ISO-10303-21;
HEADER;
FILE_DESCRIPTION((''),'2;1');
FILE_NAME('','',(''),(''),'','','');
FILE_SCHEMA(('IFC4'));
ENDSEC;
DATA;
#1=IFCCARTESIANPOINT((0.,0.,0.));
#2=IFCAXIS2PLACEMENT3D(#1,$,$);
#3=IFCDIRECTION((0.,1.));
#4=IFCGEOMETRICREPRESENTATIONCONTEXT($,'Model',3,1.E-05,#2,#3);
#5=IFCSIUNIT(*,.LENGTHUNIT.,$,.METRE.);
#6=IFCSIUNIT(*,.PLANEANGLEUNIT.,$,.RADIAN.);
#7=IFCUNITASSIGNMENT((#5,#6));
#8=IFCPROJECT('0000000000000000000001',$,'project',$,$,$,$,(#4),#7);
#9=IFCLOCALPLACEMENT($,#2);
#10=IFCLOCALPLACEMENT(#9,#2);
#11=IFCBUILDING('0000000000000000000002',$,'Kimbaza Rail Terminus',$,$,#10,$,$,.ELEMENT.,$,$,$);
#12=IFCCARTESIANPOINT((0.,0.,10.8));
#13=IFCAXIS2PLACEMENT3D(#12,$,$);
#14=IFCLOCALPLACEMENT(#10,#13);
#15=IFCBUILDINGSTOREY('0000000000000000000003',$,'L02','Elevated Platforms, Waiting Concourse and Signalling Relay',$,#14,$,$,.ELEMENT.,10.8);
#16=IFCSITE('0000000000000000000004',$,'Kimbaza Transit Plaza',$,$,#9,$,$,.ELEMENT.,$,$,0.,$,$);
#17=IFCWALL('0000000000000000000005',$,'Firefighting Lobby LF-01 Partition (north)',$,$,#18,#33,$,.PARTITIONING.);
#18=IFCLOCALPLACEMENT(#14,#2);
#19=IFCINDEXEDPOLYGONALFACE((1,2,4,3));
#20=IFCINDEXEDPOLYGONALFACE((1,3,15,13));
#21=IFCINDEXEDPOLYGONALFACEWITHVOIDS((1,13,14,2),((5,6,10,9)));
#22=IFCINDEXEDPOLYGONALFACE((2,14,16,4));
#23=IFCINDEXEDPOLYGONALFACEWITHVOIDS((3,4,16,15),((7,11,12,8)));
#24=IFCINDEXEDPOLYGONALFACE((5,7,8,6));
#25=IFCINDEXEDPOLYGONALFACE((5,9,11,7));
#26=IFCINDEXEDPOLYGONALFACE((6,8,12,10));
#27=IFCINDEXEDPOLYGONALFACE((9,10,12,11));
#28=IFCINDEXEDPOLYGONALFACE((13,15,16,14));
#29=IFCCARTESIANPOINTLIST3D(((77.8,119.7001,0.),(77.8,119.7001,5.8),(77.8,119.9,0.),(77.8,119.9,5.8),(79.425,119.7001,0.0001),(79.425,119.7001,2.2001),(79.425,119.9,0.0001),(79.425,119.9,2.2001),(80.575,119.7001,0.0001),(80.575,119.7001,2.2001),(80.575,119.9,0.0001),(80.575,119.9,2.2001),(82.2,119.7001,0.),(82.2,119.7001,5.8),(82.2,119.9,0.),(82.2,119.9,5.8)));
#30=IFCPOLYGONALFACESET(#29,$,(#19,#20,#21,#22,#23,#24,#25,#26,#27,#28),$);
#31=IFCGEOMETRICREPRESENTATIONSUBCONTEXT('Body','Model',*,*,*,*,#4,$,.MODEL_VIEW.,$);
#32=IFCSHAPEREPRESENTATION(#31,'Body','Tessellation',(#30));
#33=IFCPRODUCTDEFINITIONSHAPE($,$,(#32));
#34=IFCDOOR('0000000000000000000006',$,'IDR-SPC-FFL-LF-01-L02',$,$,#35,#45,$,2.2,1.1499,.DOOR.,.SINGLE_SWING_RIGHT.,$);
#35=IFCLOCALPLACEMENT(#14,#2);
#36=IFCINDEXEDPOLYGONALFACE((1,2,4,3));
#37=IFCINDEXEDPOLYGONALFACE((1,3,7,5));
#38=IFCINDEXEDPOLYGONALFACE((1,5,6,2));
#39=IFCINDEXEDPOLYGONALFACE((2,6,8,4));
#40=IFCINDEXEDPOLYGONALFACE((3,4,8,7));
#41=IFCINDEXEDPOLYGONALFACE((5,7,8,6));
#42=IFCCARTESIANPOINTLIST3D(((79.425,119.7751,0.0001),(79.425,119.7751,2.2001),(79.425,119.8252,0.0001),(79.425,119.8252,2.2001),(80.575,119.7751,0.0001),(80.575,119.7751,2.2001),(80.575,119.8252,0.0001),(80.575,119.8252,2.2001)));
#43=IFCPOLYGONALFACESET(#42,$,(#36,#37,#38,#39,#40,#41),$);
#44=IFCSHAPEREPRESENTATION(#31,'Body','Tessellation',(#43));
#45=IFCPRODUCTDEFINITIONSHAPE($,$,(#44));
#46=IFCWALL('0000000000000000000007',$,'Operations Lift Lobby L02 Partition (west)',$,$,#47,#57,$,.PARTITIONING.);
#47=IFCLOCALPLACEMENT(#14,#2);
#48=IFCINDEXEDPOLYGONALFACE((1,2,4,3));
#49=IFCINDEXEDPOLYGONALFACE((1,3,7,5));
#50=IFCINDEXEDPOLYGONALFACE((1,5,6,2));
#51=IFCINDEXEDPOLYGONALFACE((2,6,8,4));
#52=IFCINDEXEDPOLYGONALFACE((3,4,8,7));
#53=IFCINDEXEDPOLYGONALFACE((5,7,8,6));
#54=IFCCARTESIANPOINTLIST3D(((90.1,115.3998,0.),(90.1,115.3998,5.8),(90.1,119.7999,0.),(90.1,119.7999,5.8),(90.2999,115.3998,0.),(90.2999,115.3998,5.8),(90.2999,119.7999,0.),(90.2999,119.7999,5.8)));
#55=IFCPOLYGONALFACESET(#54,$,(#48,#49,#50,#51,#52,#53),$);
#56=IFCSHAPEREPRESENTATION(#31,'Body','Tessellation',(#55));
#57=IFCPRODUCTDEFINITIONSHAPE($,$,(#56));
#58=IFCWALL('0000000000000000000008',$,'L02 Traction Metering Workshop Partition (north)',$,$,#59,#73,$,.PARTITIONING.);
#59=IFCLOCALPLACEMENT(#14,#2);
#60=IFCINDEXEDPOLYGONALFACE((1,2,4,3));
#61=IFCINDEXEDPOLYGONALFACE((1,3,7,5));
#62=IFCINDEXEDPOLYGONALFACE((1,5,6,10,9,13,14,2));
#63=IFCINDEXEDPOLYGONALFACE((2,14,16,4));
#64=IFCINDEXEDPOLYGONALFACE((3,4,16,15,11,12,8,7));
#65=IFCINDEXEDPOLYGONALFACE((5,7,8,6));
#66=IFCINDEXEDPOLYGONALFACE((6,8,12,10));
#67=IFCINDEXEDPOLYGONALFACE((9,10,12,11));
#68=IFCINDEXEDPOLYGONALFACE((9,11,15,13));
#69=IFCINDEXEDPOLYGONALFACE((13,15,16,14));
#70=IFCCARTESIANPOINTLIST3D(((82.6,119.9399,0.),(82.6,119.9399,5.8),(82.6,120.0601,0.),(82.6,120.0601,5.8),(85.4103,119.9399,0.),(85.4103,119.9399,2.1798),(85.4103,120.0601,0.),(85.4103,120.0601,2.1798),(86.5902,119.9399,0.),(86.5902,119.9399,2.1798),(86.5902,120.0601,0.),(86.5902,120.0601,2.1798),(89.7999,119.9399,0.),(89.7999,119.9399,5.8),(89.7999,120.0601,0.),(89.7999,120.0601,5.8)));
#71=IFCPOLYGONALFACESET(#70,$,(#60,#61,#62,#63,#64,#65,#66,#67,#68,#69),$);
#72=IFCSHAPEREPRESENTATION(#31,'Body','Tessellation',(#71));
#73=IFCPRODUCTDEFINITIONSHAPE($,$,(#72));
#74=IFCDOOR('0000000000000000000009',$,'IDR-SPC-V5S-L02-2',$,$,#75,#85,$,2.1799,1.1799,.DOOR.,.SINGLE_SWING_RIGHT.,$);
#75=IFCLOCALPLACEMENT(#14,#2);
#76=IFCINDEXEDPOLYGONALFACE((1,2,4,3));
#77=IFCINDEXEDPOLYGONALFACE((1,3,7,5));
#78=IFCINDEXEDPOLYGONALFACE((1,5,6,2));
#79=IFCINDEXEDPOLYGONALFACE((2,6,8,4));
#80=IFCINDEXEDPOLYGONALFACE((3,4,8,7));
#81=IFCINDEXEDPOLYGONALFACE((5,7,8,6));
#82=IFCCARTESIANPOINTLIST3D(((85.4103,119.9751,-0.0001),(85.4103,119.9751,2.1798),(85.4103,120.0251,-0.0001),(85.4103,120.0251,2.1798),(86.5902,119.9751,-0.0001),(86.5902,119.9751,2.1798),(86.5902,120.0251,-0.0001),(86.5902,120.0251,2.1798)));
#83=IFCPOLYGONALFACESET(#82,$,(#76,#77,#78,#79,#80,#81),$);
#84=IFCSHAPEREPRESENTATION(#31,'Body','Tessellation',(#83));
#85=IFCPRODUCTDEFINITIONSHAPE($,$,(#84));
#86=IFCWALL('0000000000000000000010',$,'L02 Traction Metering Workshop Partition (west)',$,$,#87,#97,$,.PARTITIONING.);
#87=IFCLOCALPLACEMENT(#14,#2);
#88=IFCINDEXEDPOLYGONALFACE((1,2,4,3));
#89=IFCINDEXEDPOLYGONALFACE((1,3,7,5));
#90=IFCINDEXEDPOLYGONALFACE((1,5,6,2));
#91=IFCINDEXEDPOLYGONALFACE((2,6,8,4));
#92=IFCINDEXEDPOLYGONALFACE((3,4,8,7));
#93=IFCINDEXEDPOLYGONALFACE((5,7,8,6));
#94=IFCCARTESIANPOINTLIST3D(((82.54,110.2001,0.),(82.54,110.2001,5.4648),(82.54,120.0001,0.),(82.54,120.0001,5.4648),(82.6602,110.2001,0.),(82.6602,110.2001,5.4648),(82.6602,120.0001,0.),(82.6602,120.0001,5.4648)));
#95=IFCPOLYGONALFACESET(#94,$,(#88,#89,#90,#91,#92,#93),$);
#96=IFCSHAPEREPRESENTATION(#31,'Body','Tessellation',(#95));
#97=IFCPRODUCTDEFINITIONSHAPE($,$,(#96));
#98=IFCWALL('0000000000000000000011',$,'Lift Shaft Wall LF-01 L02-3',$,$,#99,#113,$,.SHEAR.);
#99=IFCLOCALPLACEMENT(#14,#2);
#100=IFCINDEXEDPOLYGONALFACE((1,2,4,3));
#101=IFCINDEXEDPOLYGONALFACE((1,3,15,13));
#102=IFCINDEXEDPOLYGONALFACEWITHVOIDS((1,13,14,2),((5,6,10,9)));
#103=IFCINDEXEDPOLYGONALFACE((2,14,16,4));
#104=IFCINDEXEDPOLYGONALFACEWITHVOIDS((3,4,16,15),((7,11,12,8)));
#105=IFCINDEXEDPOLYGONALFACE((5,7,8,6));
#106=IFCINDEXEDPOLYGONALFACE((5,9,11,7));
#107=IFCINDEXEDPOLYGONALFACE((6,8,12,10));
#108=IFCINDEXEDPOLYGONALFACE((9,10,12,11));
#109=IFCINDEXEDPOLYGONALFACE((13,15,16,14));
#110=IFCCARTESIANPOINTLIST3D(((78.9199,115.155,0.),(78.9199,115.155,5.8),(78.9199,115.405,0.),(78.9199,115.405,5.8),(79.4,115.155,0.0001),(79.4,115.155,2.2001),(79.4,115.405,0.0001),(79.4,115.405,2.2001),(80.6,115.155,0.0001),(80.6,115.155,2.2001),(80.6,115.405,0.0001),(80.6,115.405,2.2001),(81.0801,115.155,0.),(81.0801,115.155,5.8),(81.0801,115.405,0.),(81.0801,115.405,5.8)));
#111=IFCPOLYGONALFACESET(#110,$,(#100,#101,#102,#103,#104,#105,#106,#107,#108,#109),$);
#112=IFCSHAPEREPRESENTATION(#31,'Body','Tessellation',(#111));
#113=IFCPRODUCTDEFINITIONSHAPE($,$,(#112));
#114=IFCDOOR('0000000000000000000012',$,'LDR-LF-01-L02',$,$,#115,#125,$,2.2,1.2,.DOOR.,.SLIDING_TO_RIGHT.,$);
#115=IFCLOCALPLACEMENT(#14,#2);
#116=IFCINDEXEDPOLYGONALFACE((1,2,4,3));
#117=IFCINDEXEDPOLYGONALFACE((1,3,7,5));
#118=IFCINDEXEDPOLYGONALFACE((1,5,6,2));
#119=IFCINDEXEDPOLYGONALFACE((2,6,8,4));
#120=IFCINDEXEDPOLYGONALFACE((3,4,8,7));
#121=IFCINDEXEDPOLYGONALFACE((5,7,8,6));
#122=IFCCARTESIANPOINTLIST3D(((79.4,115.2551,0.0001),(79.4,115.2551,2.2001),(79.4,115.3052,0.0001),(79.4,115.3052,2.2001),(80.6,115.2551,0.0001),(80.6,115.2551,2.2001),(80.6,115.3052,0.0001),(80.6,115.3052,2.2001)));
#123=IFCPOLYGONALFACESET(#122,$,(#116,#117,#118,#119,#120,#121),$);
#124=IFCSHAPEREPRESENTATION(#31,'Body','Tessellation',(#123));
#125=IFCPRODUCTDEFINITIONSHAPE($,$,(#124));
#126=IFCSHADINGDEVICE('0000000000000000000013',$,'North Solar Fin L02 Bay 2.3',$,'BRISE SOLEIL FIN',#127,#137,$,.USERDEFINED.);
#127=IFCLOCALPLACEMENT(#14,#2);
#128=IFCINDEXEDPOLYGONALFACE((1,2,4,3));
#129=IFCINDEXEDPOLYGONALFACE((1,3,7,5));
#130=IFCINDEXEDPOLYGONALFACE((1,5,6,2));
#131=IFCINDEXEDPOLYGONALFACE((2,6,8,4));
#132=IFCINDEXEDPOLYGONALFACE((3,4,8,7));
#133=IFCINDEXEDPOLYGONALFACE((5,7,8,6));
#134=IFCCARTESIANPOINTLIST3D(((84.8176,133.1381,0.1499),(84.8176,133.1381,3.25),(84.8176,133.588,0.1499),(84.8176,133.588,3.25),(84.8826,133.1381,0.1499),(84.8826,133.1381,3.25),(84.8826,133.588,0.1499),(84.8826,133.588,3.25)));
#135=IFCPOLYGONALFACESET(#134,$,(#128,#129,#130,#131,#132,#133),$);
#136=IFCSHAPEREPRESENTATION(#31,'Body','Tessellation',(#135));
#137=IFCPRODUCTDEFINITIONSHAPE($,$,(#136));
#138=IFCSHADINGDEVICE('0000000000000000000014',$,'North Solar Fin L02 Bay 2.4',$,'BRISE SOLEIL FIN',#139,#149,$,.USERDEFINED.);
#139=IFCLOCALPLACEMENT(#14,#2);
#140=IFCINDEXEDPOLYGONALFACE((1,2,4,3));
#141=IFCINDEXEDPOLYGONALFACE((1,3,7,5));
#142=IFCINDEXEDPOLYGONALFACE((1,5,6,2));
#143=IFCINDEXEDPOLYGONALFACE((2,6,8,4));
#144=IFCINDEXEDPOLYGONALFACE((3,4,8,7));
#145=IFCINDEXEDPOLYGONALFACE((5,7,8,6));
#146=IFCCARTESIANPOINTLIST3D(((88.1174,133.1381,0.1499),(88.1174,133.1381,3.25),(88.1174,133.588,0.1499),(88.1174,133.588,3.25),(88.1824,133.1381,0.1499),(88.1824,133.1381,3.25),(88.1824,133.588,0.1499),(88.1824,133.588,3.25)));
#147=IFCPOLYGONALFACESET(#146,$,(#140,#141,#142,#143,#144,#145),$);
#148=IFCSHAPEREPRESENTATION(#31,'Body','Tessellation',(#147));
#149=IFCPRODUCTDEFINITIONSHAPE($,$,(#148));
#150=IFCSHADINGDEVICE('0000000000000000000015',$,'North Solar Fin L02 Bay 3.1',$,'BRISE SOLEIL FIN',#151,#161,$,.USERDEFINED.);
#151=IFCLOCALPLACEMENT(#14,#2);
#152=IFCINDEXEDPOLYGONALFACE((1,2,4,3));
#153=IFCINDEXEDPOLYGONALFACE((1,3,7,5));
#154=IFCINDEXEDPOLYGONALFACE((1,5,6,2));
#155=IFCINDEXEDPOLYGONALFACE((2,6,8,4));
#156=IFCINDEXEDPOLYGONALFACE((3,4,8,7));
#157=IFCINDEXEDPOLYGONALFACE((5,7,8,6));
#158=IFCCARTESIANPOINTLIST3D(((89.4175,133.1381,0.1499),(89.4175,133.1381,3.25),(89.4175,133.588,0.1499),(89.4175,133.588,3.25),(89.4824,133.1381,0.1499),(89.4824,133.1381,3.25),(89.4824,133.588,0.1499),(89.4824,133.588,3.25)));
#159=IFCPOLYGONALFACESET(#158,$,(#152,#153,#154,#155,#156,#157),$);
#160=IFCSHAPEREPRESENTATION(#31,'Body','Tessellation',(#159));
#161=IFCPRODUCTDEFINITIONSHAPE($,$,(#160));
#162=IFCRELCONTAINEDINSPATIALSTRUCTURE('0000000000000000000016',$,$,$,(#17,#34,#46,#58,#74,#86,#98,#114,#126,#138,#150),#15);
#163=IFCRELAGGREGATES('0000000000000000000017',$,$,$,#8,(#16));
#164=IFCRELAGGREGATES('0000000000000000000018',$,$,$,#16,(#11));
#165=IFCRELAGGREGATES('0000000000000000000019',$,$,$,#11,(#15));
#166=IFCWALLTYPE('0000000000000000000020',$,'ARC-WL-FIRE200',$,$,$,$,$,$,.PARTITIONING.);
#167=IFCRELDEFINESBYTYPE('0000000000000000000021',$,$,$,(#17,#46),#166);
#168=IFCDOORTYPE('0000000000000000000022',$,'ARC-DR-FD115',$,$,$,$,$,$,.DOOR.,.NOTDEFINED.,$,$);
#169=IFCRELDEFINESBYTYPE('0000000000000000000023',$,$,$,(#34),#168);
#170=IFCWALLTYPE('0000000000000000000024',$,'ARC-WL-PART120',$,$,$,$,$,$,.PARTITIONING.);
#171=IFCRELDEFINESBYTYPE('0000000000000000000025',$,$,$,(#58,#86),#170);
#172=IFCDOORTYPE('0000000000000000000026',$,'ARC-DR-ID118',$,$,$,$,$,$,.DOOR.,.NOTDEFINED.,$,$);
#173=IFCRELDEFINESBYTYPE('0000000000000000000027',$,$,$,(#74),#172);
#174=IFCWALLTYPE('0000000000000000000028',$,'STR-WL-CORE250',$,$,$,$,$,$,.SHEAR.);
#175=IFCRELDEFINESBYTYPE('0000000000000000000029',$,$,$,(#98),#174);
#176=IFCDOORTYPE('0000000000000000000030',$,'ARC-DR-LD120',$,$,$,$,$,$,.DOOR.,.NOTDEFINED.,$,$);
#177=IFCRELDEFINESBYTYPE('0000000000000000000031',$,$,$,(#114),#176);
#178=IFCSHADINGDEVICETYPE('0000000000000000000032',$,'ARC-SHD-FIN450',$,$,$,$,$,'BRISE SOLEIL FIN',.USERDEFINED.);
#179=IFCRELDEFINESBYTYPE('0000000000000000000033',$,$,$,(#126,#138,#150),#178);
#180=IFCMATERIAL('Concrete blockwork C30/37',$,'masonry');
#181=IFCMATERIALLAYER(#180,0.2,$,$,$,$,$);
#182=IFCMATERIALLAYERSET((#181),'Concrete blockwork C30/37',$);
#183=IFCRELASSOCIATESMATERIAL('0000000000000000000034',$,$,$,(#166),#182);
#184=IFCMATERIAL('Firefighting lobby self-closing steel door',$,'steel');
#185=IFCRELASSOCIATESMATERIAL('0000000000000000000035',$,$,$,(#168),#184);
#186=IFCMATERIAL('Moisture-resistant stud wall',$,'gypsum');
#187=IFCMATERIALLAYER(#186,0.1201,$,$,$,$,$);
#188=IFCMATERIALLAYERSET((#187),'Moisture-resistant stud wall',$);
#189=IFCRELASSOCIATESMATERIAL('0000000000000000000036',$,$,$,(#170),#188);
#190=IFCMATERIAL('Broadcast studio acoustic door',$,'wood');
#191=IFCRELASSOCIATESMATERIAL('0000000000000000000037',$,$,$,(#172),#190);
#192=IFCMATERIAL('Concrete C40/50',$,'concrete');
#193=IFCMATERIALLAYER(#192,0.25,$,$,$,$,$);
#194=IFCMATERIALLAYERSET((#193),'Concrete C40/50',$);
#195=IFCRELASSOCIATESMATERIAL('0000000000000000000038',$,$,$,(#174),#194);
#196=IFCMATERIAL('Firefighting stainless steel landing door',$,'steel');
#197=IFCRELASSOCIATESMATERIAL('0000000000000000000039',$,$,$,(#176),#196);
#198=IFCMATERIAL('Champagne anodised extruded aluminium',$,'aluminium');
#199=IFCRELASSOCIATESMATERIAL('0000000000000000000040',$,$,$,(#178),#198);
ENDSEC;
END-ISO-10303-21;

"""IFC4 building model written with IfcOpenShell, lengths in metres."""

from ifc_helpers import new_model, si_unit, direction, frame, frame_2d, origin, origin_2d, place, context, subcontext, project, spatial, rectangle, extrude, material, layer, layer_set, type_object, element, fill, save


model = new_model("IFC4")

# Units and contexts
model_context = context("Model", 3, precision=1e-05, world=origin(), true_north=direction((0.0, 1.0)))
body_context = subcontext(model_context, "Body", "Model", "MODEL_VIEW")
ifc_project = project(units=[si_unit("LENGTHUNIT", "METRE"), si_unit("PLANEANGLEUNIT", "RADIAN")], contexts=[model_context])

# Site, building, storey
site_placement = place(None, origin())
site = spatial("IfcSite", under=ifc_project, at=site_placement, Name="Kimbaza Transit Plaza", CompositionType="ELEMENT", RefElevation=0.0)
building_placement = place(site_placement, origin())
building = spatial("IfcBuilding", under=site, at=building_placement, Name="Kimbaza Rail Terminus", CompositionType="ELEMENT")
storey_placement = place(building_placement, frame((0.0, 0.0, 10.8)))
storey = spatial("IfcBuildingStorey", under=building, at=storey_placement, Name="L02", Description="Elevated Platforms, Waiting Concourse and Signalling Relay", CompositionType="ELEMENT", Elevation=10.8)

# Shared definitions
ifc_material_1 = material(Name="Concrete blockwork C30/37", Category="masonry")
ifc_layer_1 = layer(ifc_material_1, 0.2)
ifc_layer_set_1 = layer_set([ifc_layer_1], Name="Concrete blockwork C30/37")
wall_type_1 = type_object("IfcWallType", Name="ARC-WL-FIRE200", PredefinedType="PARTITIONING", material=ifc_layer_set_1)

# Wall, opening, door
wall_1_placement = place(storey_placement, frame((82.2, 119.8, 0.0), z_axis=(0.0, 0.0, 1.0), x_axis=(-1.0, 0.0, 0.0)))
wall_1 = element("IfcWall", 1, at=wall_1_placement, inside=storey, type_object=wall_type_1, Name="Firefighting Lobby LF-01 Partition (north)", PredefinedType="PARTITIONING", context=body_context, shape_type="SweptSolid", body=[
    extrude(rectangle(XDim=4.3999, YDim=0.2, at=frame_2d((2.2, 0.0))), origin(), (0.0, 0.0, 1.0), 5.8),
])
opening_1_placement = place(wall_1_placement, frame((1.625, 0.0, 0.0)))
opening_1 = element("IfcOpeningElement", 2, at=opening_1_placement, cuts=wall_1, PredefinedType="OPENING", context=body_context, shape_type="SweptSolid", body=[
    extrude(rectangle(XDim=1.1499, YDim=2.2, at=frame_2d((0.575, 1.1001))), frame((0.0, 0.1099, 0.0), z_axis=(0.0, -1.0, 0.0), x_axis=(1.0, 0.0, 0.0)), (0.0, 0.0, 1.0), 0.22),
])
ifc_material_2 = material(Name="Firefighting lobby self-closing steel door", Category="steel")
door_type_1 = type_object("IfcDoorType", Name="ARC-DR-FD115", OperationType="NOTDEFINED", PredefinedType="DOOR", material=ifc_material_2)
door_1_placement = place(opening_1_placement, origin())
door_1 = element("IfcDoor", 3, at=door_1_placement, inside=storey, type_object=door_type_1, Name="IDR-SPC-FFL-LF-01-L02", OperationType="SINGLE_SWING_RIGHT", OverallHeight=2.2, OverallWidth=1.1499, PredefinedType="DOOR", context=body_context, shape_type="SweptSolid", body=[
    extrude(rectangle(XDim=1.1499, YDim=2.2, at=frame_2d((0.575, 1.1001))), frame((0.0, 0.0249, 0.0), z_axis=(0.0, -1.0, 0.0), x_axis=(1.0, 0.0, 0.0)), (0.0, 0.0, 1.0), 0.05),
])
fill(opening_1, door_1)

# Wall
wall_2_placement = place(storey_placement, frame((90.2, 119.8, 0.0), z_axis=(0.0, 0.0, 1.0), x_axis=(0.0, -1.0, 0.0)))
element("IfcWall", 4, at=wall_2_placement, inside=storey, type_object=wall_type_1, Name="Operations Lift Lobby L02 Partition (west)", PredefinedType="PARTITIONING", context=body_context, shape_type="SweptSolid", body=[
    extrude(rectangle(XDim=4.4001, YDim=0.2, at=frame_2d((2.2002, 0.0))), origin(), (0.0, 0.0, 1.0), 5.8),
])

# Wall, opening, door
ifc_material_3 = material(Name="Moisture-resistant stud wall", Category="gypsum")
ifc_layer_2 = layer(ifc_material_3, 0.1201)
ifc_layer_set_2 = layer_set([ifc_layer_2], Name="Moisture-resistant stud wall")
wall_type_2 = type_object("IfcWallType", Name="ARC-WL-PART120", PredefinedType="PARTITIONING", material=ifc_layer_set_2)
wall_3_placement = place(storey_placement, frame((89.8, 120.0, 0.0), z_axis=(0.0, 0.0, 1.0), x_axis=(-1.0, 0.0, 0.0)))
wall_3 = element("IfcWall", 5, at=wall_3_placement, inside=storey, type_object=wall_type_2, Name="L02 Traction Metering Workshop Partition (north)", PredefinedType="PARTITIONING", context=body_context, shape_type="SweptSolid", body=[
    extrude(rectangle(XDim=7.2, YDim=0.1201, at=frame_2d((3.6001, 0.0))), origin(), (0.0, 0.0, 1.0), 5.8),
])
opening_2_placement = place(wall_3_placement, frame((3.21, 0.0, 0.0)))
opening_2 = element("IfcOpeningElement", 6, at=opening_2_placement, cuts=wall_3, PredefinedType="OPENING", context=body_context, shape_type="SweptSolid", body=[
    extrude(rectangle(XDim=1.1799, YDim=2.1799, at=frame_2d((0.5898, 1.0898))), frame((0.0, 0.0701, 0.0), z_axis=(0.0, -1.0, 0.0), x_axis=(1.0, 0.0, 0.0)), (0.0, 0.0, 1.0), 0.1401),
])
ifc_material_4 = material(Name="Broadcast studio acoustic door", Category="wood")
door_type_2 = type_object("IfcDoorType", Name="ARC-DR-ID118", OperationType="NOTDEFINED", PredefinedType="DOOR", material=ifc_material_4)
door_2_placement = place(opening_2_placement, origin())
door_2 = element("IfcDoor", 7, at=door_2_placement, inside=storey, type_object=door_type_2, Name="IDR-SPC-V5S-L02-2", OperationType="SINGLE_SWING_RIGHT", OverallHeight=2.1799, OverallWidth=1.1799, PredefinedType="DOOR", context=body_context, shape_type="SweptSolid", body=[
    extrude(rectangle(XDim=1.1799, YDim=2.1799, at=frame_2d((0.5898, 1.0898))), frame((0.0, 0.0249, 0.0), z_axis=(0.0, -1.0, 0.0), x_axis=(1.0, 0.0, 0.0)), (0.0, 0.0, 1.0), 0.05),
])
fill(opening_2, door_2)

# Wall
wall_4_placement = place(storey_placement, frame((82.6001, 120.0, 0.0), z_axis=(0.0, 0.0, 1.0), x_axis=(0.0, -1.0, 0.0)))
element("IfcWall", 8, at=wall_4_placement, inside=storey, type_object=wall_type_2, Name="L02 Traction Metering Workshop Partition (west)", PredefinedType="PARTITIONING", context=body_context, shape_type="SweptSolid", body=[
    extrude(rectangle(XDim=9.8, YDim=0.1201, at=frame_2d((4.8999, 0.0))), origin(), (0.0, 0.0, 1.0), 5.4648),
])

# Wall, opening, door
ifc_material_5 = material(Name="Concrete C40/50", Category="concrete")
ifc_layer_3 = layer(ifc_material_5, 0.25)
ifc_layer_set_3 = layer_set([ifc_layer_3], Name="Concrete C40/50")
wall_type_3 = type_object("IfcWallType", Name="STR-WL-CORE250", PredefinedType="SHEAR", material=ifc_layer_set_3)
wall_5_placement = place(storey_placement, frame((81.0801, 115.28, 0.0), z_axis=(0.0, 0.0, 1.0), x_axis=(-1.0, 0.0, 0.0)))
wall_5 = element("IfcWall", 9, at=wall_5_placement, inside=storey, type_object=wall_type_3, Name="Lift Shaft Wall LF-01 L02-3", PredefinedType="SHEAR", context=body_context, shape_type="SweptSolid", body=[
    extrude(rectangle(XDim=2.1602, YDim=0.25, at=frame_2d((1.0801, 0.0))), origin(), (0.0, 0.0, 1.0), 5.8),
])
opening_3_placement = place(wall_5_placement, frame((0.48, 0.0, 0.0)))
opening_3 = element("IfcOpeningElement", 10, at=opening_3_placement, cuts=wall_5, PredefinedType="OPENING", context=body_context, shape_type="SweptSolid", body=[
    extrude(rectangle(XDim=1.2, YDim=2.2, at=frame_2d((0.6001, 1.1001))), frame((0.0, 0.135, 0.0), z_axis=(0.0, -1.0, 0.0), x_axis=(1.0, 0.0, 0.0)), (0.0, 0.0, 1.0), 0.27),
])
ifc_material_6 = material(Name="Firefighting stainless steel landing door", Category="steel")
door_type_3 = type_object("IfcDoorType", Name="ARC-DR-LD120", OperationType="NOTDEFINED", PredefinedType="DOOR", material=ifc_material_6)
door_3_placement = place(opening_3_placement, origin())
door_3 = element("IfcDoor", 11, at=door_3_placement, inside=storey, type_object=door_type_3, Name="LDR-LF-01-L02", OperationType="SLIDING_TO_RIGHT", OverallHeight=2.2, OverallWidth=1.2, PredefinedType="DOOR", context=body_context, shape_type="SweptSolid", body=[
    extrude(rectangle(XDim=1.2, YDim=2.2, at=frame_2d((0.6001, 1.1001))), frame((0.0, 0.0249, 0.0), z_axis=(0.0, -1.0, 0.0), x_axis=(1.0, 0.0, 0.0)), (0.0, 0.0, 1.0), 0.05),
])
fill(opening_3, door_3)

# Shading devices
ifc_material_7 = material(Name="Champagne anodised extruded aluminium", Category="aluminium")
shading_device_type = type_object("IfcShadingDeviceType", Name="ARC-SHD-FIN450", ElementType="BRISE SOLEIL FIN", PredefinedType="USERDEFINED", material=ifc_material_7)
for number, where, z_axis, x_axis, name in (
    (12, (84.8501, 133.363, 0.1499), (0.0, 0.0, 1.0), (1.0, 0.0, 0.0), "North Solar Fin L02 Bay 2.3"),
    (13, (88.1499, 133.363, 0.1499), (0.0, 0.0, 1.0), (1.0, 0.0, 0.0), "North Solar Fin L02 Bay 2.4"),
    (14, (89.45, 133.363, 0.1499), (0.0, 0.0, 1.0), (1.0, 0.0, 0.0), "North Solar Fin L02 Bay 3.1"),
):
    element("IfcShadingDevice", number, at=place(storey_placement, frame(where, z_axis=z_axis, x_axis=x_axis)), inside=storey, type_object=shading_device_type, Name=name, ObjectType="BRISE SOLEIL FIN", PredefinedType="USERDEFINED", context=body_context, shape_type="SweptSolid", body=[
        extrude(rectangle(XDim=0.0649, YDim=0.45, at=origin_2d()), origin(), (0.0, 0.0, 1.0), 3.1001),
    ])

save(model, "model.ifc")
